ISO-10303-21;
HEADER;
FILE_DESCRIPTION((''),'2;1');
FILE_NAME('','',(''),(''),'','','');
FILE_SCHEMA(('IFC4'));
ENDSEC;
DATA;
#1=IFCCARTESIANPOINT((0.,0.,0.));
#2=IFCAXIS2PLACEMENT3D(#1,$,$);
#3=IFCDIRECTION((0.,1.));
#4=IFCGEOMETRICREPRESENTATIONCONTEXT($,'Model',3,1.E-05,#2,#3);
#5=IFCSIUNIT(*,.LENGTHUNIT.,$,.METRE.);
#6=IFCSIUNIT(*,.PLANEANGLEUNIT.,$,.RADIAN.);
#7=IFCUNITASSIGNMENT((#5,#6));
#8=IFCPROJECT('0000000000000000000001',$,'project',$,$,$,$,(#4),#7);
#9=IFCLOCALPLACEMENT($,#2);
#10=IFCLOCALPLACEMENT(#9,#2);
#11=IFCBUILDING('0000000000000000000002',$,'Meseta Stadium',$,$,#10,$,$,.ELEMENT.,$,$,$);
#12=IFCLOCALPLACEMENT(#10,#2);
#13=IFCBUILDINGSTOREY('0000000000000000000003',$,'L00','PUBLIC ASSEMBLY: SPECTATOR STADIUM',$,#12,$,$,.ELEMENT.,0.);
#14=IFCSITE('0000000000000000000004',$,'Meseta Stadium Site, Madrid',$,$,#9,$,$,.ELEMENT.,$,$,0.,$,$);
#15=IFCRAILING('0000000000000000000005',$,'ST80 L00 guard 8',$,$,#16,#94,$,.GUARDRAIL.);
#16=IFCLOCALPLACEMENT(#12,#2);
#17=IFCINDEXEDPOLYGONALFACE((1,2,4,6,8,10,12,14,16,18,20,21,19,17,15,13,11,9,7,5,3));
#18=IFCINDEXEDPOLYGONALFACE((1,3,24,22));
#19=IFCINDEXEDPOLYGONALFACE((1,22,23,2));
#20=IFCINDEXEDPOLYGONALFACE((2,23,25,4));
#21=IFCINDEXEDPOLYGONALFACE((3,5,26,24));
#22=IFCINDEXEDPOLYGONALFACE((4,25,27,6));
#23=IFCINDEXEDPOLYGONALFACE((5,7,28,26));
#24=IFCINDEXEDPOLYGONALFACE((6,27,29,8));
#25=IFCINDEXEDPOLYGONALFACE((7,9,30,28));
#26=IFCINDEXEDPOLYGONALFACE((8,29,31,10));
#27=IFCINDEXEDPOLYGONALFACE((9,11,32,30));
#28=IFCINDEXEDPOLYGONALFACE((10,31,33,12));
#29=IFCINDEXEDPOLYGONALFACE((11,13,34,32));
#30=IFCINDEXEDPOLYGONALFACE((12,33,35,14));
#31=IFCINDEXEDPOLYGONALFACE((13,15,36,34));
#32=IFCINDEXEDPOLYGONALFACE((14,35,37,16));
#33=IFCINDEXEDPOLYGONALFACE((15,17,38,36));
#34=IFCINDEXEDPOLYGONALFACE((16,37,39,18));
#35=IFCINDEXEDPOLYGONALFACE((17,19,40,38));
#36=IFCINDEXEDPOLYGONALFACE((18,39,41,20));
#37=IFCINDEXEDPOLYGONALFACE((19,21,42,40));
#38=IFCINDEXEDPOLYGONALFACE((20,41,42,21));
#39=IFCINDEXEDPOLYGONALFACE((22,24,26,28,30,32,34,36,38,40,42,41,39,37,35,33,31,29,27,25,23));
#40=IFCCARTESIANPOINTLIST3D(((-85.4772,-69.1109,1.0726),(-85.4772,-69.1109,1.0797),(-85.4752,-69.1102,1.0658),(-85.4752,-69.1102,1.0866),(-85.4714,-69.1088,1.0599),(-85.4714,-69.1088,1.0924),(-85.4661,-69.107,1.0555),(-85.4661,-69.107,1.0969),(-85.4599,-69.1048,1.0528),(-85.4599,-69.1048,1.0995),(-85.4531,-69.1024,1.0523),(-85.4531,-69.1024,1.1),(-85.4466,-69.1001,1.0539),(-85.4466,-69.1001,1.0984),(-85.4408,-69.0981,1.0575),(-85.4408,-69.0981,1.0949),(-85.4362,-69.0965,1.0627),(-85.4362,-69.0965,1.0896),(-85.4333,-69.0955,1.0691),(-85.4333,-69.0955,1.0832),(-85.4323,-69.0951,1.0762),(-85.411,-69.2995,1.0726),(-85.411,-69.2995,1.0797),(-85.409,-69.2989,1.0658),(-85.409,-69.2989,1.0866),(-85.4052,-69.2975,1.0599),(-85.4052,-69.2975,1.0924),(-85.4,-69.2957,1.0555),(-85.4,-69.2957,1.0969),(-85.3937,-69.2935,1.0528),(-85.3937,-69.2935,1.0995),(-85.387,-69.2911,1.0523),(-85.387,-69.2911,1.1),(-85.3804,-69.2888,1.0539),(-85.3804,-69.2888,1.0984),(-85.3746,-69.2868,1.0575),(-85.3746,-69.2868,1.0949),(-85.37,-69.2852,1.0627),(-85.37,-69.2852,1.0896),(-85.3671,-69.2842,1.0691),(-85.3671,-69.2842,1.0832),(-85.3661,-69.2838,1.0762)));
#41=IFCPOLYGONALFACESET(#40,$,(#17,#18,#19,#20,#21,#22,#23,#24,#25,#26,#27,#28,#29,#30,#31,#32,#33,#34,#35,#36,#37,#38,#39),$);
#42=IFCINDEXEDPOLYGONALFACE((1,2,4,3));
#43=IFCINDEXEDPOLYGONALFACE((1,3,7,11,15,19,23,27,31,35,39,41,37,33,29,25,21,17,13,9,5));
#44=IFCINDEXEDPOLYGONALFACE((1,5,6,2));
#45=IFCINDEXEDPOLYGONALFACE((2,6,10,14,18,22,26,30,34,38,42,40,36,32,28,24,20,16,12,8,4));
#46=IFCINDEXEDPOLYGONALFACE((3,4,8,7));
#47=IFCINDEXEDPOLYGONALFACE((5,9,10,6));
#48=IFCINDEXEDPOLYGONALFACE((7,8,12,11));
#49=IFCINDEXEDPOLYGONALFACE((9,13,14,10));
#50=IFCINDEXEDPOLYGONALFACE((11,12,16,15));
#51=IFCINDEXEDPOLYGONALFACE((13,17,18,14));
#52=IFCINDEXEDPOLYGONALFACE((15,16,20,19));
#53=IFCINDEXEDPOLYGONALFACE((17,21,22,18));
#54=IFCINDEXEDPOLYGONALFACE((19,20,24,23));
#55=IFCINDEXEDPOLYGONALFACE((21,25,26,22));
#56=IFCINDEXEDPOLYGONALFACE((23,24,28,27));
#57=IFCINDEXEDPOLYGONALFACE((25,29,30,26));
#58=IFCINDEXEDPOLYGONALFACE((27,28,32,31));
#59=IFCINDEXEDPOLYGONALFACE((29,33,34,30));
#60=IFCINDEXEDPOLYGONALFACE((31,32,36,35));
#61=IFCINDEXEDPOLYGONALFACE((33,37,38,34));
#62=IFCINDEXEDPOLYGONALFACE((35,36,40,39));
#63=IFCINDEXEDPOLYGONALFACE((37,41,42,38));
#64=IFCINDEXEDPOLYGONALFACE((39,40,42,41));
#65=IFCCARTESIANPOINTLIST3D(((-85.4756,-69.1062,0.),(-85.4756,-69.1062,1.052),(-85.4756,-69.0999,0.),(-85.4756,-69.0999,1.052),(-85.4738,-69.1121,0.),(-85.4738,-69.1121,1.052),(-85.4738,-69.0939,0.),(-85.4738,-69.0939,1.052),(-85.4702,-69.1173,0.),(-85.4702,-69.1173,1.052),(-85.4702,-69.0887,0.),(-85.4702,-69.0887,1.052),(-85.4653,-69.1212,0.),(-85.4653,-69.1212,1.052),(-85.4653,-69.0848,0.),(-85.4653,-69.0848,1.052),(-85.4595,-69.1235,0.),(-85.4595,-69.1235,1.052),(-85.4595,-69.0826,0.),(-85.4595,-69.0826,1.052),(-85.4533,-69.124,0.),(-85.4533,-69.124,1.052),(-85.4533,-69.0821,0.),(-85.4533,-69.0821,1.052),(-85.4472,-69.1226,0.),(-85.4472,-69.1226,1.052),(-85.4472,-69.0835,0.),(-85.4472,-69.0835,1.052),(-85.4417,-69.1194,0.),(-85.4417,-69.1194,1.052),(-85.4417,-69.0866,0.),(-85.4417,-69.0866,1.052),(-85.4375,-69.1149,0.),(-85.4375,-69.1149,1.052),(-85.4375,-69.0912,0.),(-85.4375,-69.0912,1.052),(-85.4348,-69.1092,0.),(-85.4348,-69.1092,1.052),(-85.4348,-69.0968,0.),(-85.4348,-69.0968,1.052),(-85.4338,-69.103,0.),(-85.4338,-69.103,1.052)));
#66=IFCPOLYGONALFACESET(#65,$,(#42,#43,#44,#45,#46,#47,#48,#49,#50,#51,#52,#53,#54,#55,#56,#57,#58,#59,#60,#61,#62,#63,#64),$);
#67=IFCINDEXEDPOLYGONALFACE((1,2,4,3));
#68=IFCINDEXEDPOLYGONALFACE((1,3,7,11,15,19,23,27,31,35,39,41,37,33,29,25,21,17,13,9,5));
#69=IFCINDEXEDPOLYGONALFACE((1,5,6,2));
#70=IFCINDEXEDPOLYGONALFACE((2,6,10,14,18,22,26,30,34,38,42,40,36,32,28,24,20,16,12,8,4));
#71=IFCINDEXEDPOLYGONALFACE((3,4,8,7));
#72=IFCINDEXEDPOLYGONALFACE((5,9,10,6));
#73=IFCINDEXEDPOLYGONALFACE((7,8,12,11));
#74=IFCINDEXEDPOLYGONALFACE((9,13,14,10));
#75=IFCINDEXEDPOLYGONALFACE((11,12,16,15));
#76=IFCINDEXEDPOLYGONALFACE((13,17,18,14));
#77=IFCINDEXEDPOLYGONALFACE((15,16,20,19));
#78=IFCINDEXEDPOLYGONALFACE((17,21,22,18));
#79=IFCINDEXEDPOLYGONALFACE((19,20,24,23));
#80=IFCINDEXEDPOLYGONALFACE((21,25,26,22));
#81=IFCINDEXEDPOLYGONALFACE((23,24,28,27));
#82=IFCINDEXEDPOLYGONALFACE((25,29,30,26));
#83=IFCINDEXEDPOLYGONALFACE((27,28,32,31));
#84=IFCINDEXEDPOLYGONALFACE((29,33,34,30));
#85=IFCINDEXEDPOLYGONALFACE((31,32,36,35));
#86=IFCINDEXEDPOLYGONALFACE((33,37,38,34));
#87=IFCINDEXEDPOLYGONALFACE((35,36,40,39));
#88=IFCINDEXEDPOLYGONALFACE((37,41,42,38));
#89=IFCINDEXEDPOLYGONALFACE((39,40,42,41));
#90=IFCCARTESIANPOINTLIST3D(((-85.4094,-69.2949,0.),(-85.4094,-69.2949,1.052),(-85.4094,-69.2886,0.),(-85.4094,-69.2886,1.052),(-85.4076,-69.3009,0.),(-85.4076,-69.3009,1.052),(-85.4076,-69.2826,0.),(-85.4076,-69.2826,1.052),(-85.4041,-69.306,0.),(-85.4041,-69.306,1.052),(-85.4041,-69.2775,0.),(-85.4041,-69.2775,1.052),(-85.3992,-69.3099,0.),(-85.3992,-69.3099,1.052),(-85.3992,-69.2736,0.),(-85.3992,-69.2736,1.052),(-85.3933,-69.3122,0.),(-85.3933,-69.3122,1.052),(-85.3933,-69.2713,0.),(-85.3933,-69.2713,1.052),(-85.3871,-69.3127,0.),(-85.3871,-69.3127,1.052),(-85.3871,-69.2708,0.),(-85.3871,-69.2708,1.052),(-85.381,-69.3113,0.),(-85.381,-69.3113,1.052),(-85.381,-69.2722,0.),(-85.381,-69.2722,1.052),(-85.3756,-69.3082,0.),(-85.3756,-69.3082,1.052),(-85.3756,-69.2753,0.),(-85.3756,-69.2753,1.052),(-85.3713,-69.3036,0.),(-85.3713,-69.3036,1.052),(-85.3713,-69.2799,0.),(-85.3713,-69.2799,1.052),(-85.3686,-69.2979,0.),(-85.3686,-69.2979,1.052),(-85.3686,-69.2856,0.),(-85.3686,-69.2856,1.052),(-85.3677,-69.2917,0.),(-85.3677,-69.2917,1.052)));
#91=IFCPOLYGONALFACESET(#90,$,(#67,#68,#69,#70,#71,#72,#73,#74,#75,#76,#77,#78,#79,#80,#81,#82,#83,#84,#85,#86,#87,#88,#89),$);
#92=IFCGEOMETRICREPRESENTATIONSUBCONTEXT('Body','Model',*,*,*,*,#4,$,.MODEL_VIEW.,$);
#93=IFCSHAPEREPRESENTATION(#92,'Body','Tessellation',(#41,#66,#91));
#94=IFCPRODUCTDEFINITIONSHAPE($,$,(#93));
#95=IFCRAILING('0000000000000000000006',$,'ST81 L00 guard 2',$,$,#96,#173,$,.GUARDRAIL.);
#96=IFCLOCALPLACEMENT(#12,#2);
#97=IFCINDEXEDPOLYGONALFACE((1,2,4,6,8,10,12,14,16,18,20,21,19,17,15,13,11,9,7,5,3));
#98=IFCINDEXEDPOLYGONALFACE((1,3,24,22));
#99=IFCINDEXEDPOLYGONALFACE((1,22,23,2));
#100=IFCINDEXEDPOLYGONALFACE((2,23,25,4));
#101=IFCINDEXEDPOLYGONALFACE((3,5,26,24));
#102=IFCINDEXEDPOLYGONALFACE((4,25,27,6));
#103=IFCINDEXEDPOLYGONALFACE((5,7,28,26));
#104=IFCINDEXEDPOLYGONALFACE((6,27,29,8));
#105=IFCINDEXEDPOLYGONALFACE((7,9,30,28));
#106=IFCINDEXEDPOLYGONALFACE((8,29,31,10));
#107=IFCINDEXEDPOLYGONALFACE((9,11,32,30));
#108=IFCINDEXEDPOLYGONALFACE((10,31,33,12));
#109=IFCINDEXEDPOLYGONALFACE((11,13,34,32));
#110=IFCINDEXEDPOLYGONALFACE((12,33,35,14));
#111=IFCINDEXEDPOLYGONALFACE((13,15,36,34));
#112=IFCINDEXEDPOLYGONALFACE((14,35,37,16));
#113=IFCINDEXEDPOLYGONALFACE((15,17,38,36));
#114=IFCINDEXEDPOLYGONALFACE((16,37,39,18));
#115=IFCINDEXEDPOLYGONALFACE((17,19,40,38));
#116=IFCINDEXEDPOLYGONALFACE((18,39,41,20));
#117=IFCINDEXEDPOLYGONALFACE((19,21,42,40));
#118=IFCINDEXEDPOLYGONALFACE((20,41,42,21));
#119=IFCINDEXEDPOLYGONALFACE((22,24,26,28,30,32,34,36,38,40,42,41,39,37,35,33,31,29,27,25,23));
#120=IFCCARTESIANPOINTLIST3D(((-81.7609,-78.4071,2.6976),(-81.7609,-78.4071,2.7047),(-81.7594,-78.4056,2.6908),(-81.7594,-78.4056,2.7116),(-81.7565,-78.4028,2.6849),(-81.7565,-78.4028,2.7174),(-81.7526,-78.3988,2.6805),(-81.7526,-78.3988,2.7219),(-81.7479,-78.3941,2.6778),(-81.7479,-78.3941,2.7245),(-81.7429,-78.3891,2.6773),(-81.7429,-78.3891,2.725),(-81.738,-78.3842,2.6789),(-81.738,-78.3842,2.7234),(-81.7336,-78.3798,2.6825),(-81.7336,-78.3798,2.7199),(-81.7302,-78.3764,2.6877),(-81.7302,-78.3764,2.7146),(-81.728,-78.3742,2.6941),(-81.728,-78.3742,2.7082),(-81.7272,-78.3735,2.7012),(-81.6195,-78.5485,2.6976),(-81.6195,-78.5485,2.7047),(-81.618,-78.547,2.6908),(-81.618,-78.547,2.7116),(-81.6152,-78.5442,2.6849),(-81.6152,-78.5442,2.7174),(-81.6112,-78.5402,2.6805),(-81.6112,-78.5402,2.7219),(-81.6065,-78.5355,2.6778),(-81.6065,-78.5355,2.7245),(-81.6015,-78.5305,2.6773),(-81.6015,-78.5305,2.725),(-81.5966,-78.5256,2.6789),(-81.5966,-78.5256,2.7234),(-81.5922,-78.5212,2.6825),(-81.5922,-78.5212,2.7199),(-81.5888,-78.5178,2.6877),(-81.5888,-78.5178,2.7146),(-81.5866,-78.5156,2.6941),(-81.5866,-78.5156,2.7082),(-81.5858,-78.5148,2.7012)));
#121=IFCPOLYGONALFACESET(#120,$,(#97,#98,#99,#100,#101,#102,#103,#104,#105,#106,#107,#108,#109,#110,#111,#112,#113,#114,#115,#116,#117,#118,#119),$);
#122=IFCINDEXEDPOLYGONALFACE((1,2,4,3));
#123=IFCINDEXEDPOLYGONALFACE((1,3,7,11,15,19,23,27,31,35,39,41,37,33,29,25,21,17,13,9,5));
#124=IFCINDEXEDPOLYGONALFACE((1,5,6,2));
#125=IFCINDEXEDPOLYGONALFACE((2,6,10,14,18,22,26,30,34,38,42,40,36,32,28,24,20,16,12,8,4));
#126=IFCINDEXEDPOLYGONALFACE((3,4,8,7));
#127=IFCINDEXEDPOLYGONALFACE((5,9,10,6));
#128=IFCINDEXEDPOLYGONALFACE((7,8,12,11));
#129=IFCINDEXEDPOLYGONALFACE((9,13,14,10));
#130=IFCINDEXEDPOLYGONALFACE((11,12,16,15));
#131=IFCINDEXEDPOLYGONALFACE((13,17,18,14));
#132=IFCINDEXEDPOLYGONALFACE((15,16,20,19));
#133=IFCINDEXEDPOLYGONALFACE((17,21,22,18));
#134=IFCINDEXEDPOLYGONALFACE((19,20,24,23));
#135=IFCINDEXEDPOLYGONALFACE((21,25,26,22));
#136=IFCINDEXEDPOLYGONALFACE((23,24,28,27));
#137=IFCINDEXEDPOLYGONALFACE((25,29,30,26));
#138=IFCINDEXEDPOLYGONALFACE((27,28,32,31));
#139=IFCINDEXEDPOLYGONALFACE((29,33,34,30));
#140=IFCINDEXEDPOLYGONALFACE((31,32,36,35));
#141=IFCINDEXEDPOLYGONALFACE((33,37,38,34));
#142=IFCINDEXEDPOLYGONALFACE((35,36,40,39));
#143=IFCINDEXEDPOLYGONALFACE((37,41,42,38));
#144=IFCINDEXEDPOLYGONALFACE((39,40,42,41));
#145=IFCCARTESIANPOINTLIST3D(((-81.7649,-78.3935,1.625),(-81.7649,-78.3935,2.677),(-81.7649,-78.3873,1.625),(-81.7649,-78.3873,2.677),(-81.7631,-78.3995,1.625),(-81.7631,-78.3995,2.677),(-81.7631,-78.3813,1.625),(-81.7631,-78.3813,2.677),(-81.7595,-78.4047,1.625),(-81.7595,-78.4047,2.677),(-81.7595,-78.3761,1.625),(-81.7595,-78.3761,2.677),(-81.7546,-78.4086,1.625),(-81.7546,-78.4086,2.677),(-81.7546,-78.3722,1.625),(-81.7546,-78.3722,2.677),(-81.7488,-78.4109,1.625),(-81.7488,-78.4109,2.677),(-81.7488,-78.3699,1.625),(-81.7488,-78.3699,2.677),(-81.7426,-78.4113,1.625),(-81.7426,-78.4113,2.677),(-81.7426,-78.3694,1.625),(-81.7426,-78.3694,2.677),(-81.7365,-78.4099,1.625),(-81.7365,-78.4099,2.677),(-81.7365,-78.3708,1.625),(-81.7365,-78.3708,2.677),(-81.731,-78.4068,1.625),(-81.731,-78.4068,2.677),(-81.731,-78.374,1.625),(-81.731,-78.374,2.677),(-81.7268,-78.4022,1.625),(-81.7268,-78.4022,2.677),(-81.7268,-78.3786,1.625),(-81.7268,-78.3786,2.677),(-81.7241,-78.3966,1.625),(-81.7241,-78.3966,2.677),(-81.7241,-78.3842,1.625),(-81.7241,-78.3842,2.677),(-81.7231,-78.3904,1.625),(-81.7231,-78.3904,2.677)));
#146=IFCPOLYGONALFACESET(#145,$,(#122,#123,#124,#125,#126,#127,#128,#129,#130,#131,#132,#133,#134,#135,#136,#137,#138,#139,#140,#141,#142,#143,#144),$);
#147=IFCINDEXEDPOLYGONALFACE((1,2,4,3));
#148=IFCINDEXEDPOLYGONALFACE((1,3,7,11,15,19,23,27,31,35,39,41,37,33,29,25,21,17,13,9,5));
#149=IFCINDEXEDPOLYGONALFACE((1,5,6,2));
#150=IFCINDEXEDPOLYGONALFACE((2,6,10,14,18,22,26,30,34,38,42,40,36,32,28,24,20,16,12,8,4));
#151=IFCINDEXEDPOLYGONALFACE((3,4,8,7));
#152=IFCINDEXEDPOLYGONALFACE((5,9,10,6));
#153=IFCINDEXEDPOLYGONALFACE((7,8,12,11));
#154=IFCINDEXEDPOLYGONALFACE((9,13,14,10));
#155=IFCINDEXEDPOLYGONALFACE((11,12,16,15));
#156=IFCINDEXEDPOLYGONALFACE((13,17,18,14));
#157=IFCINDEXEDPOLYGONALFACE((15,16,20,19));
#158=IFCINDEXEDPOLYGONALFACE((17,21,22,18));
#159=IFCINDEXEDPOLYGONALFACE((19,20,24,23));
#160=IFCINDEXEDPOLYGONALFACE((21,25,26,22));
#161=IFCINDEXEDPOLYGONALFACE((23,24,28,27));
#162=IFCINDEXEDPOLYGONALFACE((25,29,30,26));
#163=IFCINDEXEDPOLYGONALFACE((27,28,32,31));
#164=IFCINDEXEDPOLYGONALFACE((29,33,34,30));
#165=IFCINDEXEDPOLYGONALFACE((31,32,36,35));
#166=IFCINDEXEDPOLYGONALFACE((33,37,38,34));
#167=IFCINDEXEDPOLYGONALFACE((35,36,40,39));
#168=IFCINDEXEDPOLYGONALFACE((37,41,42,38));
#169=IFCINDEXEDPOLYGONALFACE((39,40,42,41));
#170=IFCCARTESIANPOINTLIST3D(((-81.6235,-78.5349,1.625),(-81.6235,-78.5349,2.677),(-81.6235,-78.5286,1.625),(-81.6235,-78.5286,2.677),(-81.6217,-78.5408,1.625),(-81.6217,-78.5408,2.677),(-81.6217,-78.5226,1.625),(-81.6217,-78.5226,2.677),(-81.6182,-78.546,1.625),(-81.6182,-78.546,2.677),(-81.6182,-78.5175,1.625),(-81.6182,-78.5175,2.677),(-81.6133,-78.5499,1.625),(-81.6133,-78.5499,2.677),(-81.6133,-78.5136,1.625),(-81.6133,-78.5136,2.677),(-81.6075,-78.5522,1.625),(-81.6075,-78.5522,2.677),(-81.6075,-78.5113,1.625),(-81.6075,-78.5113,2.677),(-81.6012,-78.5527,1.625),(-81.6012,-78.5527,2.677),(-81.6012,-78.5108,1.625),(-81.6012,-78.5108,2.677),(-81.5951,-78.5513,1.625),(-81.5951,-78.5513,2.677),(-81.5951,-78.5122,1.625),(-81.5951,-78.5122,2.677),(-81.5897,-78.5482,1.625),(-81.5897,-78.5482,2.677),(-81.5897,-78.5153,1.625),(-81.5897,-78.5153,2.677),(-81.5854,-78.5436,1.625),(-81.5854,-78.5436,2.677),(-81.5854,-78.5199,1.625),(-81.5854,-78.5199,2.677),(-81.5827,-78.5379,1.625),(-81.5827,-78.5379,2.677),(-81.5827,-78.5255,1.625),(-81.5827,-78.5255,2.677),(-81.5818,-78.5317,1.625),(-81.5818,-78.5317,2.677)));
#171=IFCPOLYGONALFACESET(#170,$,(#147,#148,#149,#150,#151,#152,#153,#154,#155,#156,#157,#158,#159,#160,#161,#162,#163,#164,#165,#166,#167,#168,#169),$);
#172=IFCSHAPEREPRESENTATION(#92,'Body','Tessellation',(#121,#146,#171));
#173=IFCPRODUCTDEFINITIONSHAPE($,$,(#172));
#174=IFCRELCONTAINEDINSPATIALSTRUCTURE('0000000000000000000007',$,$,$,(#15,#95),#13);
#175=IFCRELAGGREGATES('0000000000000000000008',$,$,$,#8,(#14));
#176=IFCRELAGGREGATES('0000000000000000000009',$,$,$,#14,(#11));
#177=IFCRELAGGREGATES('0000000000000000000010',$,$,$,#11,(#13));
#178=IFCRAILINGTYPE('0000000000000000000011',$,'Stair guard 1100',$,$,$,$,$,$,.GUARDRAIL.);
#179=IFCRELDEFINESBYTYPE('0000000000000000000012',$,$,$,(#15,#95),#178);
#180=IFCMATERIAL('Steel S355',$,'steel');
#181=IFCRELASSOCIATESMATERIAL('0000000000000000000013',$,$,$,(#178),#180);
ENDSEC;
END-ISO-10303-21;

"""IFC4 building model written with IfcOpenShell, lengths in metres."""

from ifc_helpers import new_model, si_unit, direction, frame, origin, origin_2d, place, context, subcontext, project, spatial, circle, extrude, material, type_object, element, save


model = new_model("IFC4")

# Units and contexts
model_context = context("Model", 3, precision=1e-05, world=origin(), true_north=direction((0.0, 1.0)))
body_context = subcontext(model_context, "Body", "Model", "MODEL_VIEW")
ifc_project = project(units=[si_unit("LENGTHUNIT", "METRE"), si_unit("PLANEANGLEUNIT", "RADIAN")], contexts=[model_context])

# Site, building, storey
site_placement = place(None, origin())
site = spatial("IfcSite", under=ifc_project, at=site_placement, Name="Meseta Stadium Site, Madrid", CompositionType="ELEMENT", RefElevation=0.0)
building_placement = place(site_placement, origin())
building = spatial("IfcBuilding", under=site, at=building_placement, Name="Meseta Stadium", CompositionType="ELEMENT")
storey_placement = place(building_placement, origin())
storey = spatial("IfcBuildingStorey", under=building, at=storey_placement, Name="L00", Description="PUBLIC ASSEMBLY: SPECTATOR STADIUM", CompositionType="ELEMENT", Elevation=0.0)

# Railings
ifc_material_1 = material(Name="Steel S355", Category="steel")
railing_type_1 = type_object("IfcRailingType", Name="Stair guard 1100", PredefinedType="GUARDRAIL", material=ifc_material_1)
railing_1_placement = place(storey_placement, frame((-85.4548, -69.103, 0.0)))
element("IfcRailing", 1, at=railing_1_placement, inside=storey, type_object=railing_type_1, Name="ST80 L00 guard 8", PredefinedType="GUARDRAIL", context=body_context, shape_type="SweptSolid", body=[
    extrude(circle(Radius=0.0239, at=origin_2d()), frame((0.0, 0.0, 1.0762), z_axis=(0.33084, -0.943687, 0.0), x_axis=(0.943687, 0.33084, 0.0)), (0.0, 0.0, 1.0), 0.2),
    extrude(circle(Radius=0.021, at=origin_2d()), origin(), (0.0, 0.0, 1.0), 1.052),
    extrude(circle(Radius=0.021, at=origin_2d()), frame((0.0662, -0.1887, 0.0)), (0.0, 0.0, 1.0), 1.052),
])
railing_2_placement = place(storey_placement, frame((-81.7441, -78.3904, 1.625)))
element("IfcRailing", 2, at=railing_2_placement, inside=storey, type_object=railing_type_1, Name="ST81 L00 guard 2", PredefinedType="GUARDRAIL", context=body_context, shape_type="SweptSolid", body=[
    extrude(circle(Radius=0.0239, at=origin_2d()), frame((0.0, 0.0, 1.0762), z_axis=(0.707107, -0.707107, 0.0), x_axis=(0.707107, 0.707107, 0.0)), (0.0, 0.0, 1.0), 0.2),
    extrude(circle(Radius=0.021, at=origin_2d()), origin(), (0.0, 0.0, 1.0), 1.052),
    extrude(circle(Radius=0.021, at=origin_2d()), frame((0.1414, -0.1414, 0.0)), (0.0, 0.0, 1.0), 1.052),
])

save(model, "model.ifc")
